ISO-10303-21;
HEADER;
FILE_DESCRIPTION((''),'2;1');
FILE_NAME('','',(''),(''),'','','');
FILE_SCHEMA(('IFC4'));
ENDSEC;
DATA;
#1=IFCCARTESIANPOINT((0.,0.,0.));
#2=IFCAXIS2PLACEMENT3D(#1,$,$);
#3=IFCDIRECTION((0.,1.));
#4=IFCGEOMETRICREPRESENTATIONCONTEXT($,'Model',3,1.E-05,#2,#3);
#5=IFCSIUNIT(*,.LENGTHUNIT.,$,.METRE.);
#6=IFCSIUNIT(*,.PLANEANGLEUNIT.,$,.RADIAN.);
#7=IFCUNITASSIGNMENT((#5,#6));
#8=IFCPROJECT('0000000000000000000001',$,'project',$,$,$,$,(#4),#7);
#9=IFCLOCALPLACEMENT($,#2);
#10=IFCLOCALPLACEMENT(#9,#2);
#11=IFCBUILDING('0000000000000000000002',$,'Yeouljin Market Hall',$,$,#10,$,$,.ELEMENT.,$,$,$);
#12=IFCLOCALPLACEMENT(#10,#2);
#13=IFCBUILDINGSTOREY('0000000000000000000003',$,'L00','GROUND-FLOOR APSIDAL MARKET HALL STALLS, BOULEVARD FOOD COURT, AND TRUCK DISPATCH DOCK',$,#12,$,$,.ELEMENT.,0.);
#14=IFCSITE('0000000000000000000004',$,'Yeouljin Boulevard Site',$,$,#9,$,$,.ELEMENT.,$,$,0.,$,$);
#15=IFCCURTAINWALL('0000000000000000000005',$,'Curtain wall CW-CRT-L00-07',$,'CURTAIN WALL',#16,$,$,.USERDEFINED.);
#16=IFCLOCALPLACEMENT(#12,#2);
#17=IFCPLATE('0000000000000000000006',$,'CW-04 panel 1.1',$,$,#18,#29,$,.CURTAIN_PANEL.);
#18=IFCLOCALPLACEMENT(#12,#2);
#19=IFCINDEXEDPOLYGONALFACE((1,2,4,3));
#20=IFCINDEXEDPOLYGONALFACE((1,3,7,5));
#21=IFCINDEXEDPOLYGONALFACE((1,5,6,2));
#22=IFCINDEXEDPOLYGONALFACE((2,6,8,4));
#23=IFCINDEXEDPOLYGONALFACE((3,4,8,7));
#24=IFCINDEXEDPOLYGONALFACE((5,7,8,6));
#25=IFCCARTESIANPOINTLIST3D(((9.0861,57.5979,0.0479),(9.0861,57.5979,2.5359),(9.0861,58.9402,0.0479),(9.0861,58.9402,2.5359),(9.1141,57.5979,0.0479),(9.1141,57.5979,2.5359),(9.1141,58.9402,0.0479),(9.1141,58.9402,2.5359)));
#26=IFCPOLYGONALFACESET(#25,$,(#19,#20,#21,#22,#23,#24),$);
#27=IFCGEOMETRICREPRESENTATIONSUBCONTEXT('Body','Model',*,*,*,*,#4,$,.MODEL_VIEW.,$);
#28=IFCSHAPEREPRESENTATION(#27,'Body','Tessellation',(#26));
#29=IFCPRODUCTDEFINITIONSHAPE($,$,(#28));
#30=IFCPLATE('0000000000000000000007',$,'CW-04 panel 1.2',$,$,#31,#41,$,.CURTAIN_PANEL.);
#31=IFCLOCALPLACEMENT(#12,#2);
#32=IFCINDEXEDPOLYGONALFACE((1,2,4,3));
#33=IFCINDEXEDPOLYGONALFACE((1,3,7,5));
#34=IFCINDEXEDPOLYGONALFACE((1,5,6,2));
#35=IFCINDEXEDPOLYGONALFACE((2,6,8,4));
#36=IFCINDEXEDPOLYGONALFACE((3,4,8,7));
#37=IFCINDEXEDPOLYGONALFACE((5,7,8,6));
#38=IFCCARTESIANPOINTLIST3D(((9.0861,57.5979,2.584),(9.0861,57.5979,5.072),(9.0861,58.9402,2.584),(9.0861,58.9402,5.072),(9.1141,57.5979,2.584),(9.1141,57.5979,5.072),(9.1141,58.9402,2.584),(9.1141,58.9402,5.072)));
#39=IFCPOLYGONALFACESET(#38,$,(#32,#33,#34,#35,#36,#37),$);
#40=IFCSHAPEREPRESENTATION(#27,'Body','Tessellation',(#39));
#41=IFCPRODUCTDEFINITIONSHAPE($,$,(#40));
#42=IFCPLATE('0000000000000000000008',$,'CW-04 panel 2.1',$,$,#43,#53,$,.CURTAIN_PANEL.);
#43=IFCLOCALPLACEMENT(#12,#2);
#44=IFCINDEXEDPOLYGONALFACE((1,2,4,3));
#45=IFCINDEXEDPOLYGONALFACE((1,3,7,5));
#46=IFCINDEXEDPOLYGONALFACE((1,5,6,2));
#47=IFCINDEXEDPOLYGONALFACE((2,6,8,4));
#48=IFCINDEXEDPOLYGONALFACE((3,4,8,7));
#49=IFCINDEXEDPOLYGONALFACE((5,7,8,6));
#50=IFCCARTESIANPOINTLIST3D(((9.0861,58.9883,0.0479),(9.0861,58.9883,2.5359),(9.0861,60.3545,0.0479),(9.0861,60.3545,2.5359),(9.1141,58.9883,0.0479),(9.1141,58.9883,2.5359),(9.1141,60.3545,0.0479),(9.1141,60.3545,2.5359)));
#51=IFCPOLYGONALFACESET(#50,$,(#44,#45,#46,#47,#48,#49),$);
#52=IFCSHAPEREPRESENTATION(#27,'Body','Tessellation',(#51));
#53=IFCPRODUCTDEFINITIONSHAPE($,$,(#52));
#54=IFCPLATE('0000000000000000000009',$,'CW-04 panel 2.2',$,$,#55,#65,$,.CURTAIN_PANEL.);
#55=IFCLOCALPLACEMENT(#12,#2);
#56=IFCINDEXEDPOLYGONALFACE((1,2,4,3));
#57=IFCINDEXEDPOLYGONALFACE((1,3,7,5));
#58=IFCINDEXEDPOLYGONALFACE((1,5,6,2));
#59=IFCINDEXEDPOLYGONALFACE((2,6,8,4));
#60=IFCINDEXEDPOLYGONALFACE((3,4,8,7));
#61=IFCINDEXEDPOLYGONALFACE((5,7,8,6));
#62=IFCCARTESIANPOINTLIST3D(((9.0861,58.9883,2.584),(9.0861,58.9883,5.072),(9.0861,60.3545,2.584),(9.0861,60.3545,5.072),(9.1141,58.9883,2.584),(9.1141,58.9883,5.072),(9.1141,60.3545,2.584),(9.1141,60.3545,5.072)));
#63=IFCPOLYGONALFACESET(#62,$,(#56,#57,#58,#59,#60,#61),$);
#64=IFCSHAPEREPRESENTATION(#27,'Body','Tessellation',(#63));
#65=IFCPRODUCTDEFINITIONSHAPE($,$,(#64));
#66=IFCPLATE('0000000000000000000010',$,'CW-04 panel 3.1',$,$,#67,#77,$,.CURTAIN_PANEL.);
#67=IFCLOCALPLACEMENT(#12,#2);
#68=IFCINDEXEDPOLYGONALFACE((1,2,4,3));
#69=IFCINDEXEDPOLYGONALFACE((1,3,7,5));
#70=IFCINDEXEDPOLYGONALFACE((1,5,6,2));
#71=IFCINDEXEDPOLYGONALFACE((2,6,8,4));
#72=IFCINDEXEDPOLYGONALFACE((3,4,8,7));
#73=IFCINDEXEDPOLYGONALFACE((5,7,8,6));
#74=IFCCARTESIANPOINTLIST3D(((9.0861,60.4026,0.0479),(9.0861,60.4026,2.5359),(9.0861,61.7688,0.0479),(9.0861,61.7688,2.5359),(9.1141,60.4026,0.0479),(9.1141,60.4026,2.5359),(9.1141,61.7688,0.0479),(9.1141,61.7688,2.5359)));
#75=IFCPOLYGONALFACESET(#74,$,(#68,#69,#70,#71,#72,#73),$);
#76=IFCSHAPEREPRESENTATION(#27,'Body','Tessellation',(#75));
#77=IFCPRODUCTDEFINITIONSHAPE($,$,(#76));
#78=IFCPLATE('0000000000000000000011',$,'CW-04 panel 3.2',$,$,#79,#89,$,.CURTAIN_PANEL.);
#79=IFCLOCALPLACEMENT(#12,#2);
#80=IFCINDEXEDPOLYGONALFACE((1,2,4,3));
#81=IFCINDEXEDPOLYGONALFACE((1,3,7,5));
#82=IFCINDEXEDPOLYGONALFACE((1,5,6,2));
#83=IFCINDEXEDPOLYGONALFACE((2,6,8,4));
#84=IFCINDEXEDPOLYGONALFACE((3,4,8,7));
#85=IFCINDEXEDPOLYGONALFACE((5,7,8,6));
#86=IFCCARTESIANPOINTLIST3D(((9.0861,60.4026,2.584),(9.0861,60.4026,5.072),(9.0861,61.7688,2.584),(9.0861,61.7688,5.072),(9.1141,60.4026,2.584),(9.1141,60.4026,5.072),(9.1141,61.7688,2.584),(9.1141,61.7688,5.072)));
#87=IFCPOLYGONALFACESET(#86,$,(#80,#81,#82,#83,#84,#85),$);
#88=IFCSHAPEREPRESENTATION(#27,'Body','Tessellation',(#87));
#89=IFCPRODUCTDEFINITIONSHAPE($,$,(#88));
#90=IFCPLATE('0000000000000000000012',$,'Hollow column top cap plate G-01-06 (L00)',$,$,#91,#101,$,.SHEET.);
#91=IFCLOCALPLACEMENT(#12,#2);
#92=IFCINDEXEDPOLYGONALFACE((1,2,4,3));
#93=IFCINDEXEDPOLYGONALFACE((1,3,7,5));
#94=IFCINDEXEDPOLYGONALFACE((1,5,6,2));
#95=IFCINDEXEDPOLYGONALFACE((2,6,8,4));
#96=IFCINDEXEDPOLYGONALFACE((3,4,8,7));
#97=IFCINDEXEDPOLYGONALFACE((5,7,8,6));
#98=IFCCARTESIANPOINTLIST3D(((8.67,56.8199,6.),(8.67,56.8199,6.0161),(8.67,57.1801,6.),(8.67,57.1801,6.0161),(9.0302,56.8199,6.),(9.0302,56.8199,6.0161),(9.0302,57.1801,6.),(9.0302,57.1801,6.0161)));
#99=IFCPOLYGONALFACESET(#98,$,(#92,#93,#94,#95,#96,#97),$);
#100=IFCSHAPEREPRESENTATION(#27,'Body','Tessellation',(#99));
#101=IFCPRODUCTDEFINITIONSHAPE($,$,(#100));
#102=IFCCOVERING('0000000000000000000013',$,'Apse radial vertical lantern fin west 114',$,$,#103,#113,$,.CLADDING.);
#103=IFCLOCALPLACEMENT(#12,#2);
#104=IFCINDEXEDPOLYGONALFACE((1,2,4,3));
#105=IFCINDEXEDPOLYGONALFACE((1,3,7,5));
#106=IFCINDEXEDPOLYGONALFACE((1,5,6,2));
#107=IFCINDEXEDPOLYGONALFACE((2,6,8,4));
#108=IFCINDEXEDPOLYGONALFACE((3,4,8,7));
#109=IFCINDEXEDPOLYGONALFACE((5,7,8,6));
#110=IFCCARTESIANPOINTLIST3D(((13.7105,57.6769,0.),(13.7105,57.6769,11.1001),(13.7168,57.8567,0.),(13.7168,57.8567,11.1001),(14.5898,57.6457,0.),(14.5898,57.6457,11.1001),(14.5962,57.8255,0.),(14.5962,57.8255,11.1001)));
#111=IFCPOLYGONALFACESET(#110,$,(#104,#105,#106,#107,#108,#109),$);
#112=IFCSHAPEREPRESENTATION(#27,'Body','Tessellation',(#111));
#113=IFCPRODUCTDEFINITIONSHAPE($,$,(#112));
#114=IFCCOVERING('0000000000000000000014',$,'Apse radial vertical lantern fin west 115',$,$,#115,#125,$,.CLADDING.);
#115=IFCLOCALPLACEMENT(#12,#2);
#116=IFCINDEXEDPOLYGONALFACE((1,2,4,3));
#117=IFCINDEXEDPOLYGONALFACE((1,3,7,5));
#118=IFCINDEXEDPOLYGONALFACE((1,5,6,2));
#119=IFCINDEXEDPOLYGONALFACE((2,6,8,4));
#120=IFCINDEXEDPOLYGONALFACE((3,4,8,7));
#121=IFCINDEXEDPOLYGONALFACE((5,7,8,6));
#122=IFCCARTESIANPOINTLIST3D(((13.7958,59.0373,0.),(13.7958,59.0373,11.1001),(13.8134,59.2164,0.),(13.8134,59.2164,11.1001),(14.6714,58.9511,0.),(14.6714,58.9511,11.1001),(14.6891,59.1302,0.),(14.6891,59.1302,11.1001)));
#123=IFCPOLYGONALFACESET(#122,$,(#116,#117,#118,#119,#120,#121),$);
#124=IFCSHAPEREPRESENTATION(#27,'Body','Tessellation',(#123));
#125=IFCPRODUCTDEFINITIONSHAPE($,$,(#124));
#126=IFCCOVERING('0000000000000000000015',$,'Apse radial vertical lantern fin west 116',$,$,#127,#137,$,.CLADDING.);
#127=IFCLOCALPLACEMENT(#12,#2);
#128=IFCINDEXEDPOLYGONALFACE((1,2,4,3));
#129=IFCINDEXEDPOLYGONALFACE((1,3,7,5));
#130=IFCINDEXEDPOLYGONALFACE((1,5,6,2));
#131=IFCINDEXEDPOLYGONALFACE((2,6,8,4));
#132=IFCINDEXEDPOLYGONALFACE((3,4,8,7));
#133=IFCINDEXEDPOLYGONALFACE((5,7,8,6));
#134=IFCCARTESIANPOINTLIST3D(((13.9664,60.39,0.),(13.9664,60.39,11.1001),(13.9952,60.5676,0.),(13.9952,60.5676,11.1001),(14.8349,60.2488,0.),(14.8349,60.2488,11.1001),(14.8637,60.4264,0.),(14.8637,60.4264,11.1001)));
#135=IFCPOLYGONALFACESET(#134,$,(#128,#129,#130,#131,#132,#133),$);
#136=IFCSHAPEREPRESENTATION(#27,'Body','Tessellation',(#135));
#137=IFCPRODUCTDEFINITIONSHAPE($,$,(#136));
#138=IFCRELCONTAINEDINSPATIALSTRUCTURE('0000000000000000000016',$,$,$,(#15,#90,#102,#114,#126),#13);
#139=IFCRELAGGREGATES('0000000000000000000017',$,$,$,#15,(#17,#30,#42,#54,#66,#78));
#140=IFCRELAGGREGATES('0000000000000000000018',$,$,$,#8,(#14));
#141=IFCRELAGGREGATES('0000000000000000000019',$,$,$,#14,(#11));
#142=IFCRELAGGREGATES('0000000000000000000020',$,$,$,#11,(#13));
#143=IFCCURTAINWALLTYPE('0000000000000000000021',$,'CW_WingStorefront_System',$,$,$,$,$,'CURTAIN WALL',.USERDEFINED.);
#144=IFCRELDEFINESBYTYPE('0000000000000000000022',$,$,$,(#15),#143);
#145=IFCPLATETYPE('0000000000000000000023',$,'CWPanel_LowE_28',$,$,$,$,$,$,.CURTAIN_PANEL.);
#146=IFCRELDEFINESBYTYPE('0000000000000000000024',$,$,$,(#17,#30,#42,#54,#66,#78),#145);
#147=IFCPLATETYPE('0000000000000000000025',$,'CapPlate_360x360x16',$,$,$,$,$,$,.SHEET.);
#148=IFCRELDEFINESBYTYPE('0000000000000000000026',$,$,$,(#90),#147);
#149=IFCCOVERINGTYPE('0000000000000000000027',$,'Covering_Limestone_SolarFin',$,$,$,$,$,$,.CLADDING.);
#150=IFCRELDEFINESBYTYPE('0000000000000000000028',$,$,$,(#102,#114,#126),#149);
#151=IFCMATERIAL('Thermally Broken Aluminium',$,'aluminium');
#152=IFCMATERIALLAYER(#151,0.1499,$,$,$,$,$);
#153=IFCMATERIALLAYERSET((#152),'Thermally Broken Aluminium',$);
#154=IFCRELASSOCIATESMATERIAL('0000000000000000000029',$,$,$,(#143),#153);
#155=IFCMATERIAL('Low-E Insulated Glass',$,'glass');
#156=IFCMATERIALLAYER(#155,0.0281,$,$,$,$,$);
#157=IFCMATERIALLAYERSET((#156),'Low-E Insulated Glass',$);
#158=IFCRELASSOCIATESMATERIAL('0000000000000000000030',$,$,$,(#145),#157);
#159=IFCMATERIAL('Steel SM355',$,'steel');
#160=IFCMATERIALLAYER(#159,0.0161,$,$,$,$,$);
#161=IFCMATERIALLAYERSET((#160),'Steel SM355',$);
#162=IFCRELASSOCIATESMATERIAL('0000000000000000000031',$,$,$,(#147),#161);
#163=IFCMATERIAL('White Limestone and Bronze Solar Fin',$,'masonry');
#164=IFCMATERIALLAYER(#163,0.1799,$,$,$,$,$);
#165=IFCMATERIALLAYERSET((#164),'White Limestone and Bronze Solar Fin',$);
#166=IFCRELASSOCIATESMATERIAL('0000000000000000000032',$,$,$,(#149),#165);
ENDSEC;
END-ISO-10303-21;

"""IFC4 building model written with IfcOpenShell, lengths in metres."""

from ifc_helpers import new_model, si_unit, direction, frame, origin, origin_2d, place, context, subcontext, project, spatial, rectangle, extrude, material, layer, layer_set, type_object, element, aggregate, save


model = new_model("IFC4")

# Units and contexts
model_context = context("Model", 3, precision=1e-05, world=origin(), true_north=direction((0.0, 1.0)))
body_context = subcontext(model_context, "Body", "Model", "MODEL_VIEW")
ifc_project = project(units=[si_unit("LENGTHUNIT", "METRE"), si_unit("PLANEANGLEUNIT", "RADIAN")], contexts=[model_context])

# Site, building, storey
site_placement = place(None, origin())
site = spatial("IfcSite", under=ifc_project, at=site_placement, Name="Yeouljin Boulevard Site", CompositionType="ELEMENT", RefElevation=0.0)
building_placement = place(site_placement, origin())
building = spatial("IfcBuilding", under=site, at=building_placement, Name="Yeouljin Market Hall", CompositionType="ELEMENT")
storey_placement = place(building_placement, origin())
storey = spatial("IfcBuildingStorey", under=building, at=storey_placement, Name="L00", Description="GROUND-FLOOR APSIDAL MARKET HALL STALLS, BOULEVARD FOOD COURT, AND TRUCK DISPATCH DOCK", CompositionType="ELEMENT", Elevation=0.0)

# Curtain wall
ifc_material_1 = material(Name="Thermally Broken Aluminium", Category="aluminium")
ifc_layer_1 = layer(ifc_material_1, 0.1499)
ifc_layer_set_1 = layer_set([ifc_layer_1], Name="Thermally Broken Aluminium")
curtain_wall_type_1 = type_object("IfcCurtainWallType", Name="CW_WingStorefront_System", ElementType="CURTAIN WALL", PredefinedType="USERDEFINED", material=ifc_layer_set_1)
curtain_wall_1_placement = place(storey_placement, origin())
curtain_wall_1 = element("IfcCurtainWall", 1, at=curtain_wall_1_placement, inside=storey, type_object=curtain_wall_type_1, Name="Curtain wall CW-CRT-L00-07", ObjectType="CURTAIN WALL", PredefinedType="USERDEFINED")

# Plates
ifc_material_2 = material(Name="Low-E Insulated Glass", Category="glass")
ifc_layer_2 = layer(ifc_material_2, 0.0281)
ifc_layer_set_2 = layer_set([ifc_layer_2], Name="Low-E Insulated Glass")
plate_type_1 = type_object("IfcPlateType", Name="CWPanel_LowE_28", PredefinedType="CURTAIN_PANEL", material=ifc_layer_set_2)
plate_1_placement = place(storey_placement, frame((9.1001, 58.269, 0.0479), z_axis=(0.0, 0.0, 1.0), x_axis=(0.0, 1.0, 0.0)))
plate_1 = element("IfcPlate", 2, at=plate_1_placement, type_object=plate_type_1, Name="CW-04 panel 1.1", PredefinedType="CURTAIN_PANEL", context=body_context, shape_type="SweptSolid", body=[
    extrude(rectangle(XDim=1.3423, YDim=0.0281, at=origin_2d()), origin(), (0.0, 0.0, 1.0), 2.488),
])
plate_2_placement = place(storey_placement, frame((9.1001, 58.269, 2.584), z_axis=(0.0, 0.0, 1.0), x_axis=(0.0, 1.0, 0.0)))
plate_2 = element("IfcPlate", 3, at=plate_2_placement, type_object=plate_type_1, Name="CW-04 panel 1.2", PredefinedType="CURTAIN_PANEL", context=body_context, shape_type="SweptSolid", body=[
    extrude(rectangle(XDim=1.3423, YDim=0.0281, at=origin_2d()), origin(), (0.0, 0.0, 1.0), 2.488),
])
plate_3_placement = place(storey_placement, frame((9.1001, 59.6714, 0.0479), z_axis=(0.0, 0.0, 1.0), x_axis=(0.0, 1.0, 0.0)))
plate_3 = element("IfcPlate", 4, at=plate_3_placement, type_object=plate_type_1, Name="CW-04 panel 2.1", PredefinedType="CURTAIN_PANEL", context=body_context, shape_type="SweptSolid", body=[
    extrude(rectangle(XDim=1.3662, YDim=0.0281, at=origin_2d()), origin(), (0.0, 0.0, 1.0), 2.488),
])
plate_4_placement = place(storey_placement, frame((9.1001, 59.6714, 2.584), z_axis=(0.0, 0.0, 1.0), x_axis=(0.0, 1.0, 0.0)))
plate_4 = element("IfcPlate", 5, at=plate_4_placement, type_object=plate_type_1, Name="CW-04 panel 2.2", PredefinedType="CURTAIN_PANEL", context=body_context, shape_type="SweptSolid", body=[
    extrude(rectangle(XDim=1.3662, YDim=0.0281, at=origin_2d()), origin(), (0.0, 0.0, 1.0), 2.488),
])
plate_5_placement = place(storey_placement, frame((9.1001, 61.0857, 0.0479), z_axis=(0.0, 0.0, 1.0), x_axis=(0.0, 1.0, 0.0)))
plate_5 = element("IfcPlate", 6, at=plate_5_placement, type_object=plate_type_1, Name="CW-04 panel 3.1", PredefinedType="CURTAIN_PANEL", context=body_context, shape_type="SweptSolid", body=[
    extrude(rectangle(XDim=1.3662, YDim=0.0281, at=origin_2d()), origin(), (0.0, 0.0, 1.0), 2.488),
])
plate_6_placement = place(storey_placement, frame((9.1001, 61.0857, 2.584), z_axis=(0.0, 0.0, 1.0), x_axis=(0.0, 1.0, 0.0)))
plate_6 = element("IfcPlate", 7, at=plate_6_placement, type_object=plate_type_1, Name="CW-04 panel 3.2", PredefinedType="CURTAIN_PANEL", context=body_context, shape_type="SweptSolid", body=[
    extrude(rectangle(XDim=1.3662, YDim=0.0281, at=origin_2d()), origin(), (0.0, 0.0, 1.0), 2.488),
])
aggregate(curtain_wall_1, [plate_1, plate_2, plate_3, plate_4, plate_5, plate_6])
ifc_material_3 = material(Name="Steel SM355", Category="steel")
ifc_layer_3 = layer(ifc_material_3, 0.0161)
ifc_layer_set_3 = layer_set([ifc_layer_3], Name="Steel SM355")
plate_type_2 = type_object("IfcPlateType", Name="CapPlate_360x360x16", PredefinedType="SHEET", material=ifc_layer_set_3)
plate_7_placement = place(storey_placement, frame((8.8501, 57.0, 6.0), z_axis=(0.0, 0.0, 1.0), x_axis=(1.0, 0.0, 0.0)))
element("IfcPlate", 8, at=plate_7_placement, inside=storey, type_object=plate_type_2, Name="Hollow column top cap plate G-01-06 (L00)", PredefinedType="SHEET", context=body_context, shape_type="SweptSolid", body=[
    extrude(rectangle(XDim=0.3601, YDim=0.3601, at=origin_2d()), origin(), (0.0, 0.0, 1.0), 0.0161),
])

# Coverings
ifc_material_4 = material(Name="White Limestone and Bronze Solar Fin", Category="masonry")
ifc_layer_4 = layer(ifc_material_4, 0.1799)
ifc_layer_set_4 = layer_set([ifc_layer_4], Name="White Limestone and Bronze Solar Fin")
covering_type = type_object("IfcCoveringType", Name="Covering_Limestone_SolarFin", PredefinedType="CLADDING", material=ifc_layer_set_4)
for number, where, z_axis, x_axis, name in (
    (9, (14.1533, 57.7512, 0.0), (0.0, 0.0, 1.0), (-0.999372, 0.035423, 0.0), "Apse radial vertical lantern fin west 114"),
    (10, (14.2424, 59.0837, 0.0), (0.0, 0.0, 1.0), (-0.995193, 0.09793, 0.0), "Apse radial vertical lantern fin west 115"),
    (11, (14.415, 60.4082, 0.0), (0.0, 0.0, 1.0), (-0.987052, 0.160398, 0.0), "Apse radial vertical lantern fin west 116"),
):
    element("IfcCovering", number, at=place(storey_placement, frame(where, z_axis=z_axis, x_axis=x_axis)), inside=storey, type_object=covering_type, Name=name, PredefinedType="CLADDING", context=body_context, shape_type="SweptSolid", body=[
        extrude(rectangle(XDim=0.8799, YDim=0.1799, at=origin_2d()), origin(), (0.0, 0.0, 1.0), 11.1001),
    ])

save(model, "model.ifc")
